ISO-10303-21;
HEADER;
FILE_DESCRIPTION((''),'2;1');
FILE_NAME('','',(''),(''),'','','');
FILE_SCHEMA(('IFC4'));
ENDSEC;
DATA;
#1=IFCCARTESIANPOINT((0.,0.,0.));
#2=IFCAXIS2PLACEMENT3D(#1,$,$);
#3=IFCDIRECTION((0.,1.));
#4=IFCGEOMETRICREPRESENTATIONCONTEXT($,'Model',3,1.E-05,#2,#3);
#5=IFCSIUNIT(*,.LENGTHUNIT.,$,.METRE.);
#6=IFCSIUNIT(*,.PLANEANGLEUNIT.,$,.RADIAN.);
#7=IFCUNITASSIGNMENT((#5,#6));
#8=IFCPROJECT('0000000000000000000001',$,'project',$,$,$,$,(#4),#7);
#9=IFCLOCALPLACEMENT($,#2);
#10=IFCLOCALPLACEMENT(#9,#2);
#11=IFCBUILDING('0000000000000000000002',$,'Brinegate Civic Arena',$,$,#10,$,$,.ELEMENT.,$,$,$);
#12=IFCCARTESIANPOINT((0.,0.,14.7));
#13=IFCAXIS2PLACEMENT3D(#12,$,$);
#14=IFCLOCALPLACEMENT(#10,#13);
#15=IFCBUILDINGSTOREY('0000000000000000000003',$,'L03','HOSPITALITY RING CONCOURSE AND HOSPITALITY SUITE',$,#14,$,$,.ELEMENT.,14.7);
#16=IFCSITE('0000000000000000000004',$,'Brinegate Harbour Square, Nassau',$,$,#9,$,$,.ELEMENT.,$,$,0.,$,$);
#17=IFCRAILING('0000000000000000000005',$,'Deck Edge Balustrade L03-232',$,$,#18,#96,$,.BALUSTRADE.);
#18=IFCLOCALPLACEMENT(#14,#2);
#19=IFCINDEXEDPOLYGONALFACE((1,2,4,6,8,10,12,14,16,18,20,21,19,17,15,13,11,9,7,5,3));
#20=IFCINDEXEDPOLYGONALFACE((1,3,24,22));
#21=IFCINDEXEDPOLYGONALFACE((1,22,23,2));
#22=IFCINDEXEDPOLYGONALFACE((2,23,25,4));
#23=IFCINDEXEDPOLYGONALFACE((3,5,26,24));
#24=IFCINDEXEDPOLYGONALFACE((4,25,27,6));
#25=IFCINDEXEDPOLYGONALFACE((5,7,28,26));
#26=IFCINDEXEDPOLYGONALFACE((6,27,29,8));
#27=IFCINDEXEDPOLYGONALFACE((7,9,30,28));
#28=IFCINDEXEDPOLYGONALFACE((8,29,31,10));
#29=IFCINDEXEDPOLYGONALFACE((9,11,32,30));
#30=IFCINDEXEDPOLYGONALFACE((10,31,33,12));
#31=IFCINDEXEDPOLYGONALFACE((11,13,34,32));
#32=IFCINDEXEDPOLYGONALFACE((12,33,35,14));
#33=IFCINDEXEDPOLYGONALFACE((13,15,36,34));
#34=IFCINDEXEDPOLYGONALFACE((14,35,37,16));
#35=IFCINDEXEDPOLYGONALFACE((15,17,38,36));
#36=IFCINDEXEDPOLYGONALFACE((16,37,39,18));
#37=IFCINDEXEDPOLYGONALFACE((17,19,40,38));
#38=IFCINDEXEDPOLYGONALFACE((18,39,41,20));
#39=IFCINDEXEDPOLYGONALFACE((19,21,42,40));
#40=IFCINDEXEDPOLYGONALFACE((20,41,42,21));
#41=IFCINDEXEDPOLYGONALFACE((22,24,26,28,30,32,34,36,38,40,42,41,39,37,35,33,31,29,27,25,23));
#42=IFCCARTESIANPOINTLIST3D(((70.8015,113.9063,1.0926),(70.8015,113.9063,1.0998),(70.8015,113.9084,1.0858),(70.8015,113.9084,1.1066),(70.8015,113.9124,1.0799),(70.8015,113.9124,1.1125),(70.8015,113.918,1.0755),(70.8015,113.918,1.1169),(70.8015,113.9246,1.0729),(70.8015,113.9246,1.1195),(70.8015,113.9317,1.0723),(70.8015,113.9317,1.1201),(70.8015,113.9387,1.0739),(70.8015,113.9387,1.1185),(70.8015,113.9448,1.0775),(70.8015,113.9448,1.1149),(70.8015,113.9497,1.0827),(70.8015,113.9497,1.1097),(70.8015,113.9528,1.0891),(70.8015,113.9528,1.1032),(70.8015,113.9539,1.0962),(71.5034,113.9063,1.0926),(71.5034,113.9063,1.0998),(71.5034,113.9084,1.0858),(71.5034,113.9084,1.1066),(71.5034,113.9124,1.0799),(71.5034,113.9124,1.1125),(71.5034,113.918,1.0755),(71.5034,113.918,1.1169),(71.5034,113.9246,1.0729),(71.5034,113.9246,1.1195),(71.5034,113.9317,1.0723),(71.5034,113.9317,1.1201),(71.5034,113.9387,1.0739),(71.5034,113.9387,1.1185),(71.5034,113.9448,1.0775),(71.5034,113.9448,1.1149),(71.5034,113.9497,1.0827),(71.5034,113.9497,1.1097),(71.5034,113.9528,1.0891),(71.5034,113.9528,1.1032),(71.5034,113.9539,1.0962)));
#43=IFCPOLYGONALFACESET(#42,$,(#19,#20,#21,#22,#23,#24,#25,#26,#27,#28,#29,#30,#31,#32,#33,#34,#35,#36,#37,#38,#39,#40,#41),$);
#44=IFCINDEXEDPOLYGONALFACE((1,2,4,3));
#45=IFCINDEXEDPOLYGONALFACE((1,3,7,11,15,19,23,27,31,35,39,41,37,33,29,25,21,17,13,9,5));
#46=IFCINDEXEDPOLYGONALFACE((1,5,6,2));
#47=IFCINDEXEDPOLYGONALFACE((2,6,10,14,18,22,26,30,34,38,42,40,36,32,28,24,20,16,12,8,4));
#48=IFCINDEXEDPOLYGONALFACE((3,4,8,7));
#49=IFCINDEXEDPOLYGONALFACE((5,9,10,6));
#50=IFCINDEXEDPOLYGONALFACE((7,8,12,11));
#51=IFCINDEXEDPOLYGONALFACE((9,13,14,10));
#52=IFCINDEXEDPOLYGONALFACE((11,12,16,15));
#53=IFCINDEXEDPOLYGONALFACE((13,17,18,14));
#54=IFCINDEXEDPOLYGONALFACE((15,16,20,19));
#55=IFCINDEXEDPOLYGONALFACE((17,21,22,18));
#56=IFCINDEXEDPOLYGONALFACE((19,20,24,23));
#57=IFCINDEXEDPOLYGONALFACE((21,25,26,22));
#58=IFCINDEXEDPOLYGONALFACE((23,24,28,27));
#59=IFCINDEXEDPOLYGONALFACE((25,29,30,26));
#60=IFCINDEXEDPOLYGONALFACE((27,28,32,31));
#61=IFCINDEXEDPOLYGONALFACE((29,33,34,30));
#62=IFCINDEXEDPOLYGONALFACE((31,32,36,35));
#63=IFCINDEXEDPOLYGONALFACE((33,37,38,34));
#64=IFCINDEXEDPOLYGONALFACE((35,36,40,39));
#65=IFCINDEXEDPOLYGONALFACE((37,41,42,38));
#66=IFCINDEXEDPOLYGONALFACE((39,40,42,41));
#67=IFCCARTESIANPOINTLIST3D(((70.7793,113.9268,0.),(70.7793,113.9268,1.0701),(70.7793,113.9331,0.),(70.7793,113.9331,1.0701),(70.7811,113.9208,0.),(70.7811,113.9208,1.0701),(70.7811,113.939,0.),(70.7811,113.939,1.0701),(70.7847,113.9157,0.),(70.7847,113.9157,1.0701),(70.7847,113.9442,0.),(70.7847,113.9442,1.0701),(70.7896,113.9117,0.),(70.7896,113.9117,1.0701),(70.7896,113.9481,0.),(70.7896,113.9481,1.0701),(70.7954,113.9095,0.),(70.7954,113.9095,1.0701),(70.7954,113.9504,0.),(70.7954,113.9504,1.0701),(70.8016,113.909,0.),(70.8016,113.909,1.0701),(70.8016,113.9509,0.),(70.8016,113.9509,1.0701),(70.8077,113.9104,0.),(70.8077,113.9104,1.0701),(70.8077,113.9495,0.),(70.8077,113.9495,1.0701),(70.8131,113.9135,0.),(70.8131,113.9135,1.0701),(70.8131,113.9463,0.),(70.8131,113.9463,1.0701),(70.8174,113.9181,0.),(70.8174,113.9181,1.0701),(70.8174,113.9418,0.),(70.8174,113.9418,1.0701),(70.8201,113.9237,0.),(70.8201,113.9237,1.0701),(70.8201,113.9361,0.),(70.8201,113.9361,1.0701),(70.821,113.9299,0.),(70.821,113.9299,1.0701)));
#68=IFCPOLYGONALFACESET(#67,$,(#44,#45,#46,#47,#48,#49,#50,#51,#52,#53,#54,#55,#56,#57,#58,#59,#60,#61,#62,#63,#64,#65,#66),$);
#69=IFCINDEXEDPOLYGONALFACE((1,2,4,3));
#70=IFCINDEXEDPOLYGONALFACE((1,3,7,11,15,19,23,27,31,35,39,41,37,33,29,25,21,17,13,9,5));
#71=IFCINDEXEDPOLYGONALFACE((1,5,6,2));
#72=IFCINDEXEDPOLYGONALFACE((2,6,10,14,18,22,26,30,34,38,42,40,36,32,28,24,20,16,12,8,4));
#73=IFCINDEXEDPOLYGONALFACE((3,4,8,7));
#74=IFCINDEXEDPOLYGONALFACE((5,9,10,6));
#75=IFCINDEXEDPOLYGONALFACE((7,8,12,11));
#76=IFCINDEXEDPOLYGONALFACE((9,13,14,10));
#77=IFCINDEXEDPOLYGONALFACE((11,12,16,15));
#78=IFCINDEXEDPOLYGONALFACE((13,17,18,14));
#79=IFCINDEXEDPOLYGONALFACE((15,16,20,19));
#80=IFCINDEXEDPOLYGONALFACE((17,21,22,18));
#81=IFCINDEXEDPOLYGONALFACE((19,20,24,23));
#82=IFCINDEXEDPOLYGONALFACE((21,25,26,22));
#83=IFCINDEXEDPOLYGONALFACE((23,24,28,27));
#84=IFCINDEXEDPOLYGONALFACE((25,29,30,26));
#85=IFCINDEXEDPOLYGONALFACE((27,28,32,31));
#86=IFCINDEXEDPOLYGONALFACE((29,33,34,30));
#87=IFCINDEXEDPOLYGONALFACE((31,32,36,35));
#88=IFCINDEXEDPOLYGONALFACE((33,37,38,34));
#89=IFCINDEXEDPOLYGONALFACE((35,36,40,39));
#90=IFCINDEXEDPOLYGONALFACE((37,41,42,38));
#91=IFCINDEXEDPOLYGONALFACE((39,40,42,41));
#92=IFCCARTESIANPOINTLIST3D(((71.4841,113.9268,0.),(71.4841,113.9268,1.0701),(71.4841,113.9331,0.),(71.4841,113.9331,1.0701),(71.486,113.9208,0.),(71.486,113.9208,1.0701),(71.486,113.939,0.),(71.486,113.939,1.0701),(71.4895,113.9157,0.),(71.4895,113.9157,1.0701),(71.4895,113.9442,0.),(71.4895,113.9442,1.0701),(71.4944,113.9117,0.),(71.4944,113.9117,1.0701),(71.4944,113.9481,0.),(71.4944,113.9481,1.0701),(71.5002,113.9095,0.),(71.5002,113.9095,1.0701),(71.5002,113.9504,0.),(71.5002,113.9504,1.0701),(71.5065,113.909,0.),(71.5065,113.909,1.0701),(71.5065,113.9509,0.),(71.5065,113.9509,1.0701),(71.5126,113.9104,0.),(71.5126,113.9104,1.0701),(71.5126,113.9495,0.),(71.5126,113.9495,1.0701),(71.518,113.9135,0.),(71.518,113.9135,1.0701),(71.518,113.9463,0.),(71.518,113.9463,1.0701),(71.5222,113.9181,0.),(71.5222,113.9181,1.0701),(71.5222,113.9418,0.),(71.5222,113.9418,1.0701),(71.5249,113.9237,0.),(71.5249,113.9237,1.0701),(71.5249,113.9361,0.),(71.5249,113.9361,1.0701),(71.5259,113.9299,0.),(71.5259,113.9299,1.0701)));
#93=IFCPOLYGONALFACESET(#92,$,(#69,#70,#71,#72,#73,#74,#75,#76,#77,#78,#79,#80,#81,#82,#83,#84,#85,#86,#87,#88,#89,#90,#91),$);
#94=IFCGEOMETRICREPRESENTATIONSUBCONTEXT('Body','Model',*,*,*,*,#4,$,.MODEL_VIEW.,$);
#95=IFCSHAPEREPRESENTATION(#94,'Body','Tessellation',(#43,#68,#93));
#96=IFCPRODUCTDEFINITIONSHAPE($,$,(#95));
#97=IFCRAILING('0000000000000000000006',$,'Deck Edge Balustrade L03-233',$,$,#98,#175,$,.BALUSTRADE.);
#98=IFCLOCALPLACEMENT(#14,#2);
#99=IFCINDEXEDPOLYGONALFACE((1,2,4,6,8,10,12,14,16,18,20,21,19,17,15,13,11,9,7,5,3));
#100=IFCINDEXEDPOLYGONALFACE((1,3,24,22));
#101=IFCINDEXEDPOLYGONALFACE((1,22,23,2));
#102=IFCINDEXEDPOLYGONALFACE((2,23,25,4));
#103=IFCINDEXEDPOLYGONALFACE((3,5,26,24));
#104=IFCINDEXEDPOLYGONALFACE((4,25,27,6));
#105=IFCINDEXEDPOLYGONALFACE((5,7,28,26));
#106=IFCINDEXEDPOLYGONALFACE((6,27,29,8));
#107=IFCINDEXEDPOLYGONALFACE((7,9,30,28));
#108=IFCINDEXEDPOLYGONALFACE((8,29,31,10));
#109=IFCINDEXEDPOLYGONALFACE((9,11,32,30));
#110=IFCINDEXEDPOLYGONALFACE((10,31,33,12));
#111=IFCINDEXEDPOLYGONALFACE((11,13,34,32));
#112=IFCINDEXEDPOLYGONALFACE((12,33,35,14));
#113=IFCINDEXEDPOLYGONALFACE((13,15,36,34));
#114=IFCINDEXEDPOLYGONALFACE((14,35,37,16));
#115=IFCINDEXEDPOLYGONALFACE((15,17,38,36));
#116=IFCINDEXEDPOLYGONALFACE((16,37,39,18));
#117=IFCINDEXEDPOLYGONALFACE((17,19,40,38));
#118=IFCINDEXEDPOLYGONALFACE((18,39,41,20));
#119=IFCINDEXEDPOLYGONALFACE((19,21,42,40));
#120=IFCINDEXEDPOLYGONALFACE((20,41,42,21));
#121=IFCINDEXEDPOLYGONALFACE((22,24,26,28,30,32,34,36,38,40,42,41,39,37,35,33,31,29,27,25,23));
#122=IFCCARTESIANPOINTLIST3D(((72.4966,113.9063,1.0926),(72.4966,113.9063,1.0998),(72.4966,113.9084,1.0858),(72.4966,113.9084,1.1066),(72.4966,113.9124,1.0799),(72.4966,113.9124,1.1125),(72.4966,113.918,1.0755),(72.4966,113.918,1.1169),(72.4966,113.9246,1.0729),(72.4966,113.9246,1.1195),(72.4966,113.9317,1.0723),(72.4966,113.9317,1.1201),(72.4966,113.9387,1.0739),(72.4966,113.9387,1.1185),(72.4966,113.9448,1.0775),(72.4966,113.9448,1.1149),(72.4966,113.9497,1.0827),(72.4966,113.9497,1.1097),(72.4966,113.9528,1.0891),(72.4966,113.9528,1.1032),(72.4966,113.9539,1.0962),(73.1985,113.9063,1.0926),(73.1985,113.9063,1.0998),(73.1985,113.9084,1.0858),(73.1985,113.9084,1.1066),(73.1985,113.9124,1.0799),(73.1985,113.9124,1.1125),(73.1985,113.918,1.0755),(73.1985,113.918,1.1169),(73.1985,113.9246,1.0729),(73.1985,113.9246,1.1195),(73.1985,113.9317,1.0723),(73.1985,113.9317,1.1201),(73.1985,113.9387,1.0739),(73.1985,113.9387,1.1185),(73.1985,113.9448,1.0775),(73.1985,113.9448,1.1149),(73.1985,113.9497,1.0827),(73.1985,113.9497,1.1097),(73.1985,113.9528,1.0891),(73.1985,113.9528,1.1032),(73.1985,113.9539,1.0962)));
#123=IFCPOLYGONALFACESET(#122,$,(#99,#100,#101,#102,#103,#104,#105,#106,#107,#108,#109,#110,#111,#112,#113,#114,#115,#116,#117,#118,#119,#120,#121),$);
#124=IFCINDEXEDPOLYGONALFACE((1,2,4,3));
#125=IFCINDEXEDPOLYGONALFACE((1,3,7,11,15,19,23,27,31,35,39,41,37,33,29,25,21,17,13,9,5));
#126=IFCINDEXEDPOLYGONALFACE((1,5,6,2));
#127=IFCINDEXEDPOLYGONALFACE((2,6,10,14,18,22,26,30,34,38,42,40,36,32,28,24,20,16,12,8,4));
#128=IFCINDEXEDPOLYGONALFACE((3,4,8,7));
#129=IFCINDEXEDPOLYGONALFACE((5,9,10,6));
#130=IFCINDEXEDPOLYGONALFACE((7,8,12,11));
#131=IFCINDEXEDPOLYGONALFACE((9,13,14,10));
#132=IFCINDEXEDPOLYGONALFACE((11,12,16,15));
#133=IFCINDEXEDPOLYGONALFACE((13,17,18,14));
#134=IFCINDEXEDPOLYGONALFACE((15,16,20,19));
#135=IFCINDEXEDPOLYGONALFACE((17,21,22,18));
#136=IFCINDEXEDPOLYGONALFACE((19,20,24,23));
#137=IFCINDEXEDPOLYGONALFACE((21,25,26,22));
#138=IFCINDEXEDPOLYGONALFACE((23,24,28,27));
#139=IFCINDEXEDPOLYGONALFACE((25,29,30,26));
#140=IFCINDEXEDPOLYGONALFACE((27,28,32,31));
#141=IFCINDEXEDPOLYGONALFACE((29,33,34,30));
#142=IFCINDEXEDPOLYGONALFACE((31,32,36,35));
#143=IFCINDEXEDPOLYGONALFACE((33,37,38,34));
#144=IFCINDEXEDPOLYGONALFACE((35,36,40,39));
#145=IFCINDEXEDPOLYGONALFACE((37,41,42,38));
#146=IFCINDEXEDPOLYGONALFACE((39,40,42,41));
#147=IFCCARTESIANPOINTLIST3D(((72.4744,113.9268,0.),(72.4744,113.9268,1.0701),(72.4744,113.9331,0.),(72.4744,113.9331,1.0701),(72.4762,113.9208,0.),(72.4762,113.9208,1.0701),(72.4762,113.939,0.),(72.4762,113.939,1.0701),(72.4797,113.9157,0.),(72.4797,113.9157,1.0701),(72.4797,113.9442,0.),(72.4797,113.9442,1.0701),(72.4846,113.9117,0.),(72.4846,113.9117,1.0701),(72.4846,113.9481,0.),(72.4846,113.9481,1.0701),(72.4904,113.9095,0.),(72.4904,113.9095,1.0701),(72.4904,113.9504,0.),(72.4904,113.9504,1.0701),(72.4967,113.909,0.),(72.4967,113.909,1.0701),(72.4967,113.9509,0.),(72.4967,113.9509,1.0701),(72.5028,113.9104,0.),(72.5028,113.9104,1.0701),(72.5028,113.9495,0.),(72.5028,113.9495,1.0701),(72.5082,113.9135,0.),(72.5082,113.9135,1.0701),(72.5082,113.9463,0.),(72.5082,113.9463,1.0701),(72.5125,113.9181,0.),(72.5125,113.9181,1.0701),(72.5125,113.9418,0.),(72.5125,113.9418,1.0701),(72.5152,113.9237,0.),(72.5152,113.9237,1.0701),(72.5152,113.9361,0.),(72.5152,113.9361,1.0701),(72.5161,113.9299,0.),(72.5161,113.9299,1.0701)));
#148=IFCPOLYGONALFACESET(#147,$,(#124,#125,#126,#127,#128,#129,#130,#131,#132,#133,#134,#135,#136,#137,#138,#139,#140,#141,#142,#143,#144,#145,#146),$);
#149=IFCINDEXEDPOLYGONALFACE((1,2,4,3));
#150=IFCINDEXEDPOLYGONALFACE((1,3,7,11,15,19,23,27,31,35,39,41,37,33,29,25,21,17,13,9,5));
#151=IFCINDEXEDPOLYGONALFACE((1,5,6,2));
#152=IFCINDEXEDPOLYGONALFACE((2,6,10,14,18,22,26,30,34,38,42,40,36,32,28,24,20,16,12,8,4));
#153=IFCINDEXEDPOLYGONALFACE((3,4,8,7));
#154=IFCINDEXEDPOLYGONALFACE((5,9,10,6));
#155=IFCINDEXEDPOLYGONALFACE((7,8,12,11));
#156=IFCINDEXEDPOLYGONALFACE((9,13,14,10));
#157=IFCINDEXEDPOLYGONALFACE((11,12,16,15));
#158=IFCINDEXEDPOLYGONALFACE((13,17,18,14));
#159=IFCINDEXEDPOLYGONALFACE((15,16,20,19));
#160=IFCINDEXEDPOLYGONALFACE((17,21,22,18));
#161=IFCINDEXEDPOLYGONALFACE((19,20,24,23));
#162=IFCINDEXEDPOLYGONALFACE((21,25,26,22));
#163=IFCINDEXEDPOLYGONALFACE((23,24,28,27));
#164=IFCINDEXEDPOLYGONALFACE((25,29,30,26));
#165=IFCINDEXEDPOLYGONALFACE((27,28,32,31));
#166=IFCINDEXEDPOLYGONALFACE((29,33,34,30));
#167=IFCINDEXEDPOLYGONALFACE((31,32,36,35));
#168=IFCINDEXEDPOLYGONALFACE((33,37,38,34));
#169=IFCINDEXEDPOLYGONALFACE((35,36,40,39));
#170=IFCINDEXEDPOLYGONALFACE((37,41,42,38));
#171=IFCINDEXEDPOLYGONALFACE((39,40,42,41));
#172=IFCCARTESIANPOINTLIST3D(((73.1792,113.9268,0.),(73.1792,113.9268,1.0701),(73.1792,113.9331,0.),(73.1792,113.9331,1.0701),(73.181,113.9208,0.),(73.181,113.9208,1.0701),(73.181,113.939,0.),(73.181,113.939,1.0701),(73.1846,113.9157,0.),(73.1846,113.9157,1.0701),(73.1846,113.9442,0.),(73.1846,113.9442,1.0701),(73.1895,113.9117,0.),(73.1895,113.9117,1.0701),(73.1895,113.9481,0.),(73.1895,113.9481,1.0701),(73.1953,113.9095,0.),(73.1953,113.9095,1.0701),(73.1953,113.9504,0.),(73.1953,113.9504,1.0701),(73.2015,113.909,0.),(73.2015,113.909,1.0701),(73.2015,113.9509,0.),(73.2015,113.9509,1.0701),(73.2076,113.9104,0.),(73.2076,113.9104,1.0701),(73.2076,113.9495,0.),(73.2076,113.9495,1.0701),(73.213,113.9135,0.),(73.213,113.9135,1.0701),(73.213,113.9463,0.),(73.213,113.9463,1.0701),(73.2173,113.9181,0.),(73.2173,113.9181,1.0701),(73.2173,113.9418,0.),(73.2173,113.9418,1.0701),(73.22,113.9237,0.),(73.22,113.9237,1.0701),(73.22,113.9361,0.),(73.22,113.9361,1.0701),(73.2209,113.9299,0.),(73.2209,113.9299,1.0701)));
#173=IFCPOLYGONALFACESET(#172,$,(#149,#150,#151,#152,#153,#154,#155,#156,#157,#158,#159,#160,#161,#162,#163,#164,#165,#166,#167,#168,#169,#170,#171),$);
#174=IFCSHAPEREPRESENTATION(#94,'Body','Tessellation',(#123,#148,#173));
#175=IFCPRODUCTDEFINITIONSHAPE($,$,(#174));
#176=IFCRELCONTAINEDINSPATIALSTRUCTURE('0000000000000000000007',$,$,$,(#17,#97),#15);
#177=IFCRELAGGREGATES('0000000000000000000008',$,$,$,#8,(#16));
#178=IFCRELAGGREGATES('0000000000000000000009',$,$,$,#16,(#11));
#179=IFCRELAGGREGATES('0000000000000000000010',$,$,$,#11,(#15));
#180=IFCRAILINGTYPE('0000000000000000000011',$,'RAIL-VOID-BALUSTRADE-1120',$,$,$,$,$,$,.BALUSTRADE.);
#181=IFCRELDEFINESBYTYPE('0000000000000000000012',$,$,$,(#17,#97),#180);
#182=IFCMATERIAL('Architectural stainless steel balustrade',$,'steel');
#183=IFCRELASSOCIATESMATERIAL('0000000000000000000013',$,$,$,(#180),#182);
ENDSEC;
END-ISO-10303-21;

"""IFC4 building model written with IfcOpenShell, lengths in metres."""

from ifc_helpers import new_model, si_unit, direction, frame, origin, origin_2d, place, context, subcontext, project, spatial, circle, extrude, material, type_object, element, save


model = new_model("IFC4")

# Units and contexts
model_context = context("Model", 3, precision=1e-05, world=origin(), true_north=direction((0.0, 1.0)))
body_context = subcontext(model_context, "Body", "Model", "MODEL_VIEW")
ifc_project = project(units=[si_unit("LENGTHUNIT", "METRE"), si_unit("PLANEANGLEUNIT", "RADIAN")], contexts=[model_context])

# Site, building, storey
site_placement = place(None, origin())
site = spatial("IfcSite", under=ifc_project, at=site_placement, Name="Brinegate Harbour Square, Nassau", CompositionType="ELEMENT", RefElevation=0.0)
building_placement = place(site_placement, origin())
building = spatial("IfcBuilding", under=site, at=building_placement, Name="Brinegate Civic Arena", CompositionType="ELEMENT")
storey_placement = place(building_placement, frame((0.0, 0.0, 14.7)))
storey = spatial("IfcBuildingStorey", under=building, at=storey_placement, Name="L03", Description="HOSPITALITY RING CONCOURSE AND HOSPITALITY SUITE", CompositionType="ELEMENT", Elevation=14.7)

# Railings
ifc_material_1 = material(Name="Architectural stainless steel balustrade", Category="steel")
railing_type_1 = type_object("IfcRailingType", Name="RAIL-VOID-BALUSTRADE-1120", PredefinedType="BALUSTRADE", material=ifc_material_1)
for number, where, name in (
    (1, (70.8, 113.9299, 0.0), "Deck Edge Balustrade L03-232"),
    (2, (72.4951, 113.9299, 0.0), "Deck Edge Balustrade L03-233"),
):
    element("IfcRailing", number, at=place(storey_placement, frame(where)), inside=storey, type_object=railing_type_1, Name=name, PredefinedType="BALUSTRADE", context=body_context, shape_type="SweptSolid", body=[
        extrude(circle(Radius=0.0239, at=origin_2d()), frame((0.0015, 0.0, 1.0962), z_axis=(1.0, 0.0, 0.0), x_axis=(0.0, 1.0, 0.0)), (0.0, 0.0, 1.0), 0.7019),
        extrude(circle(Radius=0.021, at=origin_2d()), origin(), (0.0, 0.0, 1.0), 1.0701),
        extrude(circle(Radius=0.021, at=origin_2d()), frame((0.7048, 0.0, 0.0)), (0.0, 0.0, 1.0), 1.0701),
    ])

save(model, "model.ifc")
